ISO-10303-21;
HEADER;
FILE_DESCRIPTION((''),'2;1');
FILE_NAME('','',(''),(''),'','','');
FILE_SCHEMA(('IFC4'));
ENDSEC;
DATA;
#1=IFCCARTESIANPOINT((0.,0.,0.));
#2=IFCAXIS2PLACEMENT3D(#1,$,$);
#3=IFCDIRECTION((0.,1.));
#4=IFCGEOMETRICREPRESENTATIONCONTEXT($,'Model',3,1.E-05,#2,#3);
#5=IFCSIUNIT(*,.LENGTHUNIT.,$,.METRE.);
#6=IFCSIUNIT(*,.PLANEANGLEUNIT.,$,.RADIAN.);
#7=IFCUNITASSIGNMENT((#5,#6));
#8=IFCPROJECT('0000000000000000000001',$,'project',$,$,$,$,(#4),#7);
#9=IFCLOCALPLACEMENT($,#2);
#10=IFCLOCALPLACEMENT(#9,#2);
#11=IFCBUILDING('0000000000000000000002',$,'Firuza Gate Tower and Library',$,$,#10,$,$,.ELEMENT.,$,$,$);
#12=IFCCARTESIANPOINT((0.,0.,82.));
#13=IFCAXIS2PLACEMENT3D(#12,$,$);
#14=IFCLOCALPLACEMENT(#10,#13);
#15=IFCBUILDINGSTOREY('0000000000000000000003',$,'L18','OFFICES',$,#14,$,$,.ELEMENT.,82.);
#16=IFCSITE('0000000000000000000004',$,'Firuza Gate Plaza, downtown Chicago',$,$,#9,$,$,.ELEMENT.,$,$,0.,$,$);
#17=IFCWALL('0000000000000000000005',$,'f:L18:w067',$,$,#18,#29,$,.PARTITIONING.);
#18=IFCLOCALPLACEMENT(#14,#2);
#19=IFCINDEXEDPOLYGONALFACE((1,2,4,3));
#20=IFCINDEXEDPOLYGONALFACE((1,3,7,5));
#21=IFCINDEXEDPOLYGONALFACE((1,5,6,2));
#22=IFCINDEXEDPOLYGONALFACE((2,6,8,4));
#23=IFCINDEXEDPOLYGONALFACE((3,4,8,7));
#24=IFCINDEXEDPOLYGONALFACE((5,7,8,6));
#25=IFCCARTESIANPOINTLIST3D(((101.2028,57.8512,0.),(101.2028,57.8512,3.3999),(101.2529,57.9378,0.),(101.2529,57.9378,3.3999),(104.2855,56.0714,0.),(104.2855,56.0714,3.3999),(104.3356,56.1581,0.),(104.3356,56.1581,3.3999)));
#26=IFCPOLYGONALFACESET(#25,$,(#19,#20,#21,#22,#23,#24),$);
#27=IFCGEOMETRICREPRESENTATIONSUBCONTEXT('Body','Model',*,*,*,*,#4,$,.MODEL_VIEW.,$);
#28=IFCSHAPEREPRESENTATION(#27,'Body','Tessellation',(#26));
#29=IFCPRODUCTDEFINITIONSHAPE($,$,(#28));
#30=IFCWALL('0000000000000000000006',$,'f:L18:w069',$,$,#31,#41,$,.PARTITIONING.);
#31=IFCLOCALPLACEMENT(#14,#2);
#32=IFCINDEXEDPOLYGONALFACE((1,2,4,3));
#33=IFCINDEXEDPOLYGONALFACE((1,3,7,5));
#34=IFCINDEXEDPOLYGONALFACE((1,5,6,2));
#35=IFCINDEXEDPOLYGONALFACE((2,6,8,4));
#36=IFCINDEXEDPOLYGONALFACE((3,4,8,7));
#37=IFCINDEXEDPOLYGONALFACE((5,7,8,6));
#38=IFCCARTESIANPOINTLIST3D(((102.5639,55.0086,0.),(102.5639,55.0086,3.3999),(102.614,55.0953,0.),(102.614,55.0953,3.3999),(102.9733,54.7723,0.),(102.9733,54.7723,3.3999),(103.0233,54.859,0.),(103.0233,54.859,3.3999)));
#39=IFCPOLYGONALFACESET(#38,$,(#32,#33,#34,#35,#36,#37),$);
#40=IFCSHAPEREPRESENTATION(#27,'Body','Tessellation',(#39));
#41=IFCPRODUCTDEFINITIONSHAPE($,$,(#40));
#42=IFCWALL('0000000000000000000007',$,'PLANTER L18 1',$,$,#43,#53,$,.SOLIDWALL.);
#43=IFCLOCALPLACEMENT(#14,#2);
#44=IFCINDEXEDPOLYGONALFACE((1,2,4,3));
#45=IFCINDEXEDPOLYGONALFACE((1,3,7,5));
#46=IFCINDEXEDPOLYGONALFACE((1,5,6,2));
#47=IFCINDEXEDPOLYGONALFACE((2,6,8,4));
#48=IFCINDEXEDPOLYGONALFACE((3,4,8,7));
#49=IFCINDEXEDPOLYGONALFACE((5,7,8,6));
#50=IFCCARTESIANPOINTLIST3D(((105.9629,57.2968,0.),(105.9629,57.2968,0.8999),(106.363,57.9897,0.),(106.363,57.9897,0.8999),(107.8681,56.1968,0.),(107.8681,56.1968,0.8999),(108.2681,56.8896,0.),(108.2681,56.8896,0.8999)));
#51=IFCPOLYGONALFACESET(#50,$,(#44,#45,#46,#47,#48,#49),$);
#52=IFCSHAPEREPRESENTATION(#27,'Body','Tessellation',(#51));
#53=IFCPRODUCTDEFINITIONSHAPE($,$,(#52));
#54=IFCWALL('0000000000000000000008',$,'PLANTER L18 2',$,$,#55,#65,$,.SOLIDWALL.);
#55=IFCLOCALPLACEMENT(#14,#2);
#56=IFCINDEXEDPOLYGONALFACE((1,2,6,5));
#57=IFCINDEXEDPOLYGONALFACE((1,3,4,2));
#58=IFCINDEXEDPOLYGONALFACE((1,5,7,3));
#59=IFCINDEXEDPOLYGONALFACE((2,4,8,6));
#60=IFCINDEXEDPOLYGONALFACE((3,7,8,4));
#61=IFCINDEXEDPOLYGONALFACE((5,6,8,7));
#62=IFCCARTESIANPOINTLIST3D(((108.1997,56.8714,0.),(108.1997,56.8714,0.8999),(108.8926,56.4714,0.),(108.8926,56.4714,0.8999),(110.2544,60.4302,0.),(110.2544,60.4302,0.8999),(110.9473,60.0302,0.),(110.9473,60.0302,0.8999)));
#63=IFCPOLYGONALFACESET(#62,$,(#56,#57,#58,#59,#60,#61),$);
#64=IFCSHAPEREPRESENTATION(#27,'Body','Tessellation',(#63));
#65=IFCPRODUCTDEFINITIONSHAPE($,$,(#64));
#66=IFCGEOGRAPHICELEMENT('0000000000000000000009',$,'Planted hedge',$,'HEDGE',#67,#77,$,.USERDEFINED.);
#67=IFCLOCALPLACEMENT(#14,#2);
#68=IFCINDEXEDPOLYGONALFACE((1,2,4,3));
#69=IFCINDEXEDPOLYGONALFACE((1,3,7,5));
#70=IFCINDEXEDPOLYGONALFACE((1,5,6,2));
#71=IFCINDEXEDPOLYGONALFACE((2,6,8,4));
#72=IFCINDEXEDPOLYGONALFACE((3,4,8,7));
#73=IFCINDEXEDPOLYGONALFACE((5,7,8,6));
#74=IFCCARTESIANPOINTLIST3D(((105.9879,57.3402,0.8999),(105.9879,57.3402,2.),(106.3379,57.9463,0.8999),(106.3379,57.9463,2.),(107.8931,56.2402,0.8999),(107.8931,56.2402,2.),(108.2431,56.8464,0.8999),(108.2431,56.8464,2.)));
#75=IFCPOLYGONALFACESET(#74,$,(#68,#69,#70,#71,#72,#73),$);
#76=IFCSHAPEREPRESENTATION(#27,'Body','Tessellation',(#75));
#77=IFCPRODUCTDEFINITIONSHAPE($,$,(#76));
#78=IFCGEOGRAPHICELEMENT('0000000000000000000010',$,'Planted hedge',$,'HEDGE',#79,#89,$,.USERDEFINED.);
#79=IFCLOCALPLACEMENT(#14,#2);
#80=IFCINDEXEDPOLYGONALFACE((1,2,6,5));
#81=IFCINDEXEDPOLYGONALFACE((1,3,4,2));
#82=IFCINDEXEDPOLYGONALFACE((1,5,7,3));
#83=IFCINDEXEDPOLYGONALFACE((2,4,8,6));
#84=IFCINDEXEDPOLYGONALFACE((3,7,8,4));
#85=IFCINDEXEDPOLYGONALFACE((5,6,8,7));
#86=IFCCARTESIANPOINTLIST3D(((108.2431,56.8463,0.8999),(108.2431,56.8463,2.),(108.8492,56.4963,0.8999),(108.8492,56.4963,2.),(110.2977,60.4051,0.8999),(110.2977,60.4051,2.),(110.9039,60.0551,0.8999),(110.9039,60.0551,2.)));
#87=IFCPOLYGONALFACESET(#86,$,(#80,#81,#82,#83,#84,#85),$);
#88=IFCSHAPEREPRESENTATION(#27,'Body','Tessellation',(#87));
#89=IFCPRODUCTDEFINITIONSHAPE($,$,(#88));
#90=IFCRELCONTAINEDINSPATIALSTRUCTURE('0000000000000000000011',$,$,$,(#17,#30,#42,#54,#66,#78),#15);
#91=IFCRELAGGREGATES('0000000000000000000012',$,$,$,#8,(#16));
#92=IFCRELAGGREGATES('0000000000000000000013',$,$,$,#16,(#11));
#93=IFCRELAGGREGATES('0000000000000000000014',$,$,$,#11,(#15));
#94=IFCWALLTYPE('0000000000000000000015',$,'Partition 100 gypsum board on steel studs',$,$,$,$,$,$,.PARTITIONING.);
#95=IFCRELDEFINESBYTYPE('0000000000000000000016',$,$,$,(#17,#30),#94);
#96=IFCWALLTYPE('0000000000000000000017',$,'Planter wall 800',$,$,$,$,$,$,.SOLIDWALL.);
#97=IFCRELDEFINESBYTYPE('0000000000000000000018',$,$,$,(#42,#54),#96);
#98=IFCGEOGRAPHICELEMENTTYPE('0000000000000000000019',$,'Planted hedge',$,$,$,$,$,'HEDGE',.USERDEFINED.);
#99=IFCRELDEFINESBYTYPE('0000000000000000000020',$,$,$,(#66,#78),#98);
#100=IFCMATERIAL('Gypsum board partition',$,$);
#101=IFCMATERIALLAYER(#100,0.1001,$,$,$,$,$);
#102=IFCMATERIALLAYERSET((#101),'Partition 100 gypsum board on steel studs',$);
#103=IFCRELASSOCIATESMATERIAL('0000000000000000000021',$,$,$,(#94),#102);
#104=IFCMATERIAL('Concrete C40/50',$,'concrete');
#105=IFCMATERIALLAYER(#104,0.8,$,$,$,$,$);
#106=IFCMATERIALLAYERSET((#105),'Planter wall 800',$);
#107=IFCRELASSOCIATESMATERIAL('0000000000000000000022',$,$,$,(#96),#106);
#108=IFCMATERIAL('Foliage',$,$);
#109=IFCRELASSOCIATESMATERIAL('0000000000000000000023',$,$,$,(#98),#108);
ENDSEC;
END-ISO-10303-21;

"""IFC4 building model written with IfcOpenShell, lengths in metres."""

from ifc_helpers import new_model, si_unit, direction, frame, frame_2d, origin, origin_2d, place, context, subcontext, project, spatial, rectangle, extrude, material, layer, layer_set, type_object, element, save


model = new_model("IFC4")

# Units and contexts
model_context = context("Model", 3, precision=1e-05, world=origin(), true_north=direction((0.0, 1.0)))
body_context = subcontext(model_context, "Body", "Model", "MODEL_VIEW")
ifc_project = project(units=[si_unit("LENGTHUNIT", "METRE"), si_unit("PLANEANGLEUNIT", "RADIAN")], contexts=[model_context])

# Site, building, storey
site_placement = place(None, origin())
site = spatial("IfcSite", under=ifc_project, at=site_placement, Name="Firuza Gate Plaza, downtown Chicago", CompositionType="ELEMENT", RefElevation=0.0)
building_placement = place(site_placement, origin())
building = spatial("IfcBuilding", under=site, at=building_placement, Name="Firuza Gate Tower and Library", CompositionType="ELEMENT")
storey_placement = place(building_placement, frame((0.0, 0.0, 82.0)))
storey = spatial("IfcBuildingStorey", under=building, at=storey_placement, Name="L18", Description="OFFICES", CompositionType="ELEMENT", Elevation=82.0)

# Walls
ifc_material_1 = material(Name="Gypsum board partition")
ifc_layer_1 = layer(ifc_material_1, 0.1001)
ifc_layer_set_1 = layer_set([ifc_layer_1], Name="Partition 100 gypsum board on steel studs")
wall_type_1 = type_object("IfcWallType", Name="Partition 100 gypsum board on steel studs", PredefinedType="PARTITIONING", material=ifc_layer_set_1)
wall_1_placement = place(storey_placement, frame((104.3105, 56.1147, 0.0), z_axis=(0.0, 0.0, 1.0), x_axis=(-0.866031, 0.49999, 0.0)))
element("IfcWall", 1, at=wall_1_placement, inside=storey, type_object=wall_type_1, Name="f:L18:w067", PredefinedType="PARTITIONING", context=body_context, shape_type="SweptSolid", body=[
    extrude(rectangle(XDim=3.5596, YDim=0.1001, at=frame_2d((1.7798, 0.0))), origin(), (0.0, 0.0, 1.0), 3.3999),
])
wall_2_placement = place(storey_placement, frame((102.9983, 54.8157, 0.0), z_axis=(0.0, 0.0, 1.0), x_axis=(-0.866074, 0.499916, 0.0)))
element("IfcWall", 2, at=wall_2_placement, inside=storey, type_object=wall_type_1, Name="f:L18:w069", PredefinedType="PARTITIONING", context=body_context, shape_type="SweptSolid", body=[
    extrude(rectangle(XDim=0.4727, YDim=0.1001, at=frame_2d((0.2363, 0.0))), origin(), (0.0, 0.0, 1.0), 3.3999),
])
ifc_material_2 = material(Name="Concrete C40/50", Category="concrete")
ifc_layer_2 = layer(ifc_material_2, 0.8)
ifc_layer_set_2 = layer_set([ifc_layer_2], Name="Planter wall 800")
wall_type_2 = type_object("IfcWallType", Name="Planter wall 800", PredefinedType="SOLIDWALL", material=ifc_layer_set_2)
wall_3_placement = place(storey_placement, frame((106.1628, 57.6433, 0.0), z_axis=(0.0, 0.0, 1.0), x_axis=(0.866008, -0.50003, 0.0)))
element("IfcWall", 3, at=wall_3_placement, inside=storey, type_object=wall_type_2, Name="PLANTER L18 1", PredefinedType="SOLIDWALL", context=body_context, shape_type="SweptSolid", body=[
    extrude(rectangle(XDim=2.2, YDim=0.8, at=frame_2d((1.1001, 0.0))), origin(), (0.0, 0.0, 1.0), 0.8999),
])
wall_4_placement = place(storey_placement, frame((108.5461, 56.6714, 0.0), z_axis=(0.0, 0.0, 1.0), x_axis=(0.499998, 0.866026, 0.0)))
element("IfcWall", 4, at=wall_4_placement, inside=storey, type_object=wall_type_2, Name="PLANTER L18 2", PredefinedType="SOLIDWALL", context=body_context, shape_type="SweptSolid", body=[
    extrude(rectangle(XDim=4.1094, YDim=0.8, at=frame_2d((2.0547, 0.0))), origin(), (0.0, 0.0, 1.0), 0.8999),
])

# Geographic elements
ifc_material_3 = material(Name="Foliage")
geographic_element_type = type_object("IfcGeographicElementType", Name="Planted hedge", ElementType="HEDGE", PredefinedType="USERDEFINED", material=ifc_material_3)
geographic_element_1_placement = place(storey_placement, frame((107.1155, 57.0933, 0.8999), z_axis=(0.0, 0.0, 1.0), x_axis=(0.866025, -0.5, 0.0)))
element("IfcGeographicElement", 5, at=geographic_element_1_placement, inside=storey, type_object=geographic_element_type, Name="Planted hedge", ObjectType="HEDGE", PredefinedType="USERDEFINED", context=body_context, shape_type="SweptSolid", body=[
    extrude(rectangle(XDim=2.2, YDim=0.7, at=origin_2d()), origin(), (0.0, 0.0, 1.0), 1.1001),
])
geographic_element_2_placement = place(storey_placement, frame((109.5735, 58.4507, 0.8999), z_axis=(0.0, 0.0, 1.0), x_axis=(0.5, 0.866025, 0.0)))
element("IfcGeographicElement", 6, at=geographic_element_2_placement, inside=storey, type_object=geographic_element_type, Name="Planted hedge", ObjectType="HEDGE", PredefinedType="USERDEFINED", context=body_context, shape_type="SweptSolid", body=[
    extrude(rectangle(XDim=4.1094, YDim=0.7, at=origin_2d()), origin(), (0.0, 0.0, 1.0), 1.1001),
])

save(model, "model.ifc")
